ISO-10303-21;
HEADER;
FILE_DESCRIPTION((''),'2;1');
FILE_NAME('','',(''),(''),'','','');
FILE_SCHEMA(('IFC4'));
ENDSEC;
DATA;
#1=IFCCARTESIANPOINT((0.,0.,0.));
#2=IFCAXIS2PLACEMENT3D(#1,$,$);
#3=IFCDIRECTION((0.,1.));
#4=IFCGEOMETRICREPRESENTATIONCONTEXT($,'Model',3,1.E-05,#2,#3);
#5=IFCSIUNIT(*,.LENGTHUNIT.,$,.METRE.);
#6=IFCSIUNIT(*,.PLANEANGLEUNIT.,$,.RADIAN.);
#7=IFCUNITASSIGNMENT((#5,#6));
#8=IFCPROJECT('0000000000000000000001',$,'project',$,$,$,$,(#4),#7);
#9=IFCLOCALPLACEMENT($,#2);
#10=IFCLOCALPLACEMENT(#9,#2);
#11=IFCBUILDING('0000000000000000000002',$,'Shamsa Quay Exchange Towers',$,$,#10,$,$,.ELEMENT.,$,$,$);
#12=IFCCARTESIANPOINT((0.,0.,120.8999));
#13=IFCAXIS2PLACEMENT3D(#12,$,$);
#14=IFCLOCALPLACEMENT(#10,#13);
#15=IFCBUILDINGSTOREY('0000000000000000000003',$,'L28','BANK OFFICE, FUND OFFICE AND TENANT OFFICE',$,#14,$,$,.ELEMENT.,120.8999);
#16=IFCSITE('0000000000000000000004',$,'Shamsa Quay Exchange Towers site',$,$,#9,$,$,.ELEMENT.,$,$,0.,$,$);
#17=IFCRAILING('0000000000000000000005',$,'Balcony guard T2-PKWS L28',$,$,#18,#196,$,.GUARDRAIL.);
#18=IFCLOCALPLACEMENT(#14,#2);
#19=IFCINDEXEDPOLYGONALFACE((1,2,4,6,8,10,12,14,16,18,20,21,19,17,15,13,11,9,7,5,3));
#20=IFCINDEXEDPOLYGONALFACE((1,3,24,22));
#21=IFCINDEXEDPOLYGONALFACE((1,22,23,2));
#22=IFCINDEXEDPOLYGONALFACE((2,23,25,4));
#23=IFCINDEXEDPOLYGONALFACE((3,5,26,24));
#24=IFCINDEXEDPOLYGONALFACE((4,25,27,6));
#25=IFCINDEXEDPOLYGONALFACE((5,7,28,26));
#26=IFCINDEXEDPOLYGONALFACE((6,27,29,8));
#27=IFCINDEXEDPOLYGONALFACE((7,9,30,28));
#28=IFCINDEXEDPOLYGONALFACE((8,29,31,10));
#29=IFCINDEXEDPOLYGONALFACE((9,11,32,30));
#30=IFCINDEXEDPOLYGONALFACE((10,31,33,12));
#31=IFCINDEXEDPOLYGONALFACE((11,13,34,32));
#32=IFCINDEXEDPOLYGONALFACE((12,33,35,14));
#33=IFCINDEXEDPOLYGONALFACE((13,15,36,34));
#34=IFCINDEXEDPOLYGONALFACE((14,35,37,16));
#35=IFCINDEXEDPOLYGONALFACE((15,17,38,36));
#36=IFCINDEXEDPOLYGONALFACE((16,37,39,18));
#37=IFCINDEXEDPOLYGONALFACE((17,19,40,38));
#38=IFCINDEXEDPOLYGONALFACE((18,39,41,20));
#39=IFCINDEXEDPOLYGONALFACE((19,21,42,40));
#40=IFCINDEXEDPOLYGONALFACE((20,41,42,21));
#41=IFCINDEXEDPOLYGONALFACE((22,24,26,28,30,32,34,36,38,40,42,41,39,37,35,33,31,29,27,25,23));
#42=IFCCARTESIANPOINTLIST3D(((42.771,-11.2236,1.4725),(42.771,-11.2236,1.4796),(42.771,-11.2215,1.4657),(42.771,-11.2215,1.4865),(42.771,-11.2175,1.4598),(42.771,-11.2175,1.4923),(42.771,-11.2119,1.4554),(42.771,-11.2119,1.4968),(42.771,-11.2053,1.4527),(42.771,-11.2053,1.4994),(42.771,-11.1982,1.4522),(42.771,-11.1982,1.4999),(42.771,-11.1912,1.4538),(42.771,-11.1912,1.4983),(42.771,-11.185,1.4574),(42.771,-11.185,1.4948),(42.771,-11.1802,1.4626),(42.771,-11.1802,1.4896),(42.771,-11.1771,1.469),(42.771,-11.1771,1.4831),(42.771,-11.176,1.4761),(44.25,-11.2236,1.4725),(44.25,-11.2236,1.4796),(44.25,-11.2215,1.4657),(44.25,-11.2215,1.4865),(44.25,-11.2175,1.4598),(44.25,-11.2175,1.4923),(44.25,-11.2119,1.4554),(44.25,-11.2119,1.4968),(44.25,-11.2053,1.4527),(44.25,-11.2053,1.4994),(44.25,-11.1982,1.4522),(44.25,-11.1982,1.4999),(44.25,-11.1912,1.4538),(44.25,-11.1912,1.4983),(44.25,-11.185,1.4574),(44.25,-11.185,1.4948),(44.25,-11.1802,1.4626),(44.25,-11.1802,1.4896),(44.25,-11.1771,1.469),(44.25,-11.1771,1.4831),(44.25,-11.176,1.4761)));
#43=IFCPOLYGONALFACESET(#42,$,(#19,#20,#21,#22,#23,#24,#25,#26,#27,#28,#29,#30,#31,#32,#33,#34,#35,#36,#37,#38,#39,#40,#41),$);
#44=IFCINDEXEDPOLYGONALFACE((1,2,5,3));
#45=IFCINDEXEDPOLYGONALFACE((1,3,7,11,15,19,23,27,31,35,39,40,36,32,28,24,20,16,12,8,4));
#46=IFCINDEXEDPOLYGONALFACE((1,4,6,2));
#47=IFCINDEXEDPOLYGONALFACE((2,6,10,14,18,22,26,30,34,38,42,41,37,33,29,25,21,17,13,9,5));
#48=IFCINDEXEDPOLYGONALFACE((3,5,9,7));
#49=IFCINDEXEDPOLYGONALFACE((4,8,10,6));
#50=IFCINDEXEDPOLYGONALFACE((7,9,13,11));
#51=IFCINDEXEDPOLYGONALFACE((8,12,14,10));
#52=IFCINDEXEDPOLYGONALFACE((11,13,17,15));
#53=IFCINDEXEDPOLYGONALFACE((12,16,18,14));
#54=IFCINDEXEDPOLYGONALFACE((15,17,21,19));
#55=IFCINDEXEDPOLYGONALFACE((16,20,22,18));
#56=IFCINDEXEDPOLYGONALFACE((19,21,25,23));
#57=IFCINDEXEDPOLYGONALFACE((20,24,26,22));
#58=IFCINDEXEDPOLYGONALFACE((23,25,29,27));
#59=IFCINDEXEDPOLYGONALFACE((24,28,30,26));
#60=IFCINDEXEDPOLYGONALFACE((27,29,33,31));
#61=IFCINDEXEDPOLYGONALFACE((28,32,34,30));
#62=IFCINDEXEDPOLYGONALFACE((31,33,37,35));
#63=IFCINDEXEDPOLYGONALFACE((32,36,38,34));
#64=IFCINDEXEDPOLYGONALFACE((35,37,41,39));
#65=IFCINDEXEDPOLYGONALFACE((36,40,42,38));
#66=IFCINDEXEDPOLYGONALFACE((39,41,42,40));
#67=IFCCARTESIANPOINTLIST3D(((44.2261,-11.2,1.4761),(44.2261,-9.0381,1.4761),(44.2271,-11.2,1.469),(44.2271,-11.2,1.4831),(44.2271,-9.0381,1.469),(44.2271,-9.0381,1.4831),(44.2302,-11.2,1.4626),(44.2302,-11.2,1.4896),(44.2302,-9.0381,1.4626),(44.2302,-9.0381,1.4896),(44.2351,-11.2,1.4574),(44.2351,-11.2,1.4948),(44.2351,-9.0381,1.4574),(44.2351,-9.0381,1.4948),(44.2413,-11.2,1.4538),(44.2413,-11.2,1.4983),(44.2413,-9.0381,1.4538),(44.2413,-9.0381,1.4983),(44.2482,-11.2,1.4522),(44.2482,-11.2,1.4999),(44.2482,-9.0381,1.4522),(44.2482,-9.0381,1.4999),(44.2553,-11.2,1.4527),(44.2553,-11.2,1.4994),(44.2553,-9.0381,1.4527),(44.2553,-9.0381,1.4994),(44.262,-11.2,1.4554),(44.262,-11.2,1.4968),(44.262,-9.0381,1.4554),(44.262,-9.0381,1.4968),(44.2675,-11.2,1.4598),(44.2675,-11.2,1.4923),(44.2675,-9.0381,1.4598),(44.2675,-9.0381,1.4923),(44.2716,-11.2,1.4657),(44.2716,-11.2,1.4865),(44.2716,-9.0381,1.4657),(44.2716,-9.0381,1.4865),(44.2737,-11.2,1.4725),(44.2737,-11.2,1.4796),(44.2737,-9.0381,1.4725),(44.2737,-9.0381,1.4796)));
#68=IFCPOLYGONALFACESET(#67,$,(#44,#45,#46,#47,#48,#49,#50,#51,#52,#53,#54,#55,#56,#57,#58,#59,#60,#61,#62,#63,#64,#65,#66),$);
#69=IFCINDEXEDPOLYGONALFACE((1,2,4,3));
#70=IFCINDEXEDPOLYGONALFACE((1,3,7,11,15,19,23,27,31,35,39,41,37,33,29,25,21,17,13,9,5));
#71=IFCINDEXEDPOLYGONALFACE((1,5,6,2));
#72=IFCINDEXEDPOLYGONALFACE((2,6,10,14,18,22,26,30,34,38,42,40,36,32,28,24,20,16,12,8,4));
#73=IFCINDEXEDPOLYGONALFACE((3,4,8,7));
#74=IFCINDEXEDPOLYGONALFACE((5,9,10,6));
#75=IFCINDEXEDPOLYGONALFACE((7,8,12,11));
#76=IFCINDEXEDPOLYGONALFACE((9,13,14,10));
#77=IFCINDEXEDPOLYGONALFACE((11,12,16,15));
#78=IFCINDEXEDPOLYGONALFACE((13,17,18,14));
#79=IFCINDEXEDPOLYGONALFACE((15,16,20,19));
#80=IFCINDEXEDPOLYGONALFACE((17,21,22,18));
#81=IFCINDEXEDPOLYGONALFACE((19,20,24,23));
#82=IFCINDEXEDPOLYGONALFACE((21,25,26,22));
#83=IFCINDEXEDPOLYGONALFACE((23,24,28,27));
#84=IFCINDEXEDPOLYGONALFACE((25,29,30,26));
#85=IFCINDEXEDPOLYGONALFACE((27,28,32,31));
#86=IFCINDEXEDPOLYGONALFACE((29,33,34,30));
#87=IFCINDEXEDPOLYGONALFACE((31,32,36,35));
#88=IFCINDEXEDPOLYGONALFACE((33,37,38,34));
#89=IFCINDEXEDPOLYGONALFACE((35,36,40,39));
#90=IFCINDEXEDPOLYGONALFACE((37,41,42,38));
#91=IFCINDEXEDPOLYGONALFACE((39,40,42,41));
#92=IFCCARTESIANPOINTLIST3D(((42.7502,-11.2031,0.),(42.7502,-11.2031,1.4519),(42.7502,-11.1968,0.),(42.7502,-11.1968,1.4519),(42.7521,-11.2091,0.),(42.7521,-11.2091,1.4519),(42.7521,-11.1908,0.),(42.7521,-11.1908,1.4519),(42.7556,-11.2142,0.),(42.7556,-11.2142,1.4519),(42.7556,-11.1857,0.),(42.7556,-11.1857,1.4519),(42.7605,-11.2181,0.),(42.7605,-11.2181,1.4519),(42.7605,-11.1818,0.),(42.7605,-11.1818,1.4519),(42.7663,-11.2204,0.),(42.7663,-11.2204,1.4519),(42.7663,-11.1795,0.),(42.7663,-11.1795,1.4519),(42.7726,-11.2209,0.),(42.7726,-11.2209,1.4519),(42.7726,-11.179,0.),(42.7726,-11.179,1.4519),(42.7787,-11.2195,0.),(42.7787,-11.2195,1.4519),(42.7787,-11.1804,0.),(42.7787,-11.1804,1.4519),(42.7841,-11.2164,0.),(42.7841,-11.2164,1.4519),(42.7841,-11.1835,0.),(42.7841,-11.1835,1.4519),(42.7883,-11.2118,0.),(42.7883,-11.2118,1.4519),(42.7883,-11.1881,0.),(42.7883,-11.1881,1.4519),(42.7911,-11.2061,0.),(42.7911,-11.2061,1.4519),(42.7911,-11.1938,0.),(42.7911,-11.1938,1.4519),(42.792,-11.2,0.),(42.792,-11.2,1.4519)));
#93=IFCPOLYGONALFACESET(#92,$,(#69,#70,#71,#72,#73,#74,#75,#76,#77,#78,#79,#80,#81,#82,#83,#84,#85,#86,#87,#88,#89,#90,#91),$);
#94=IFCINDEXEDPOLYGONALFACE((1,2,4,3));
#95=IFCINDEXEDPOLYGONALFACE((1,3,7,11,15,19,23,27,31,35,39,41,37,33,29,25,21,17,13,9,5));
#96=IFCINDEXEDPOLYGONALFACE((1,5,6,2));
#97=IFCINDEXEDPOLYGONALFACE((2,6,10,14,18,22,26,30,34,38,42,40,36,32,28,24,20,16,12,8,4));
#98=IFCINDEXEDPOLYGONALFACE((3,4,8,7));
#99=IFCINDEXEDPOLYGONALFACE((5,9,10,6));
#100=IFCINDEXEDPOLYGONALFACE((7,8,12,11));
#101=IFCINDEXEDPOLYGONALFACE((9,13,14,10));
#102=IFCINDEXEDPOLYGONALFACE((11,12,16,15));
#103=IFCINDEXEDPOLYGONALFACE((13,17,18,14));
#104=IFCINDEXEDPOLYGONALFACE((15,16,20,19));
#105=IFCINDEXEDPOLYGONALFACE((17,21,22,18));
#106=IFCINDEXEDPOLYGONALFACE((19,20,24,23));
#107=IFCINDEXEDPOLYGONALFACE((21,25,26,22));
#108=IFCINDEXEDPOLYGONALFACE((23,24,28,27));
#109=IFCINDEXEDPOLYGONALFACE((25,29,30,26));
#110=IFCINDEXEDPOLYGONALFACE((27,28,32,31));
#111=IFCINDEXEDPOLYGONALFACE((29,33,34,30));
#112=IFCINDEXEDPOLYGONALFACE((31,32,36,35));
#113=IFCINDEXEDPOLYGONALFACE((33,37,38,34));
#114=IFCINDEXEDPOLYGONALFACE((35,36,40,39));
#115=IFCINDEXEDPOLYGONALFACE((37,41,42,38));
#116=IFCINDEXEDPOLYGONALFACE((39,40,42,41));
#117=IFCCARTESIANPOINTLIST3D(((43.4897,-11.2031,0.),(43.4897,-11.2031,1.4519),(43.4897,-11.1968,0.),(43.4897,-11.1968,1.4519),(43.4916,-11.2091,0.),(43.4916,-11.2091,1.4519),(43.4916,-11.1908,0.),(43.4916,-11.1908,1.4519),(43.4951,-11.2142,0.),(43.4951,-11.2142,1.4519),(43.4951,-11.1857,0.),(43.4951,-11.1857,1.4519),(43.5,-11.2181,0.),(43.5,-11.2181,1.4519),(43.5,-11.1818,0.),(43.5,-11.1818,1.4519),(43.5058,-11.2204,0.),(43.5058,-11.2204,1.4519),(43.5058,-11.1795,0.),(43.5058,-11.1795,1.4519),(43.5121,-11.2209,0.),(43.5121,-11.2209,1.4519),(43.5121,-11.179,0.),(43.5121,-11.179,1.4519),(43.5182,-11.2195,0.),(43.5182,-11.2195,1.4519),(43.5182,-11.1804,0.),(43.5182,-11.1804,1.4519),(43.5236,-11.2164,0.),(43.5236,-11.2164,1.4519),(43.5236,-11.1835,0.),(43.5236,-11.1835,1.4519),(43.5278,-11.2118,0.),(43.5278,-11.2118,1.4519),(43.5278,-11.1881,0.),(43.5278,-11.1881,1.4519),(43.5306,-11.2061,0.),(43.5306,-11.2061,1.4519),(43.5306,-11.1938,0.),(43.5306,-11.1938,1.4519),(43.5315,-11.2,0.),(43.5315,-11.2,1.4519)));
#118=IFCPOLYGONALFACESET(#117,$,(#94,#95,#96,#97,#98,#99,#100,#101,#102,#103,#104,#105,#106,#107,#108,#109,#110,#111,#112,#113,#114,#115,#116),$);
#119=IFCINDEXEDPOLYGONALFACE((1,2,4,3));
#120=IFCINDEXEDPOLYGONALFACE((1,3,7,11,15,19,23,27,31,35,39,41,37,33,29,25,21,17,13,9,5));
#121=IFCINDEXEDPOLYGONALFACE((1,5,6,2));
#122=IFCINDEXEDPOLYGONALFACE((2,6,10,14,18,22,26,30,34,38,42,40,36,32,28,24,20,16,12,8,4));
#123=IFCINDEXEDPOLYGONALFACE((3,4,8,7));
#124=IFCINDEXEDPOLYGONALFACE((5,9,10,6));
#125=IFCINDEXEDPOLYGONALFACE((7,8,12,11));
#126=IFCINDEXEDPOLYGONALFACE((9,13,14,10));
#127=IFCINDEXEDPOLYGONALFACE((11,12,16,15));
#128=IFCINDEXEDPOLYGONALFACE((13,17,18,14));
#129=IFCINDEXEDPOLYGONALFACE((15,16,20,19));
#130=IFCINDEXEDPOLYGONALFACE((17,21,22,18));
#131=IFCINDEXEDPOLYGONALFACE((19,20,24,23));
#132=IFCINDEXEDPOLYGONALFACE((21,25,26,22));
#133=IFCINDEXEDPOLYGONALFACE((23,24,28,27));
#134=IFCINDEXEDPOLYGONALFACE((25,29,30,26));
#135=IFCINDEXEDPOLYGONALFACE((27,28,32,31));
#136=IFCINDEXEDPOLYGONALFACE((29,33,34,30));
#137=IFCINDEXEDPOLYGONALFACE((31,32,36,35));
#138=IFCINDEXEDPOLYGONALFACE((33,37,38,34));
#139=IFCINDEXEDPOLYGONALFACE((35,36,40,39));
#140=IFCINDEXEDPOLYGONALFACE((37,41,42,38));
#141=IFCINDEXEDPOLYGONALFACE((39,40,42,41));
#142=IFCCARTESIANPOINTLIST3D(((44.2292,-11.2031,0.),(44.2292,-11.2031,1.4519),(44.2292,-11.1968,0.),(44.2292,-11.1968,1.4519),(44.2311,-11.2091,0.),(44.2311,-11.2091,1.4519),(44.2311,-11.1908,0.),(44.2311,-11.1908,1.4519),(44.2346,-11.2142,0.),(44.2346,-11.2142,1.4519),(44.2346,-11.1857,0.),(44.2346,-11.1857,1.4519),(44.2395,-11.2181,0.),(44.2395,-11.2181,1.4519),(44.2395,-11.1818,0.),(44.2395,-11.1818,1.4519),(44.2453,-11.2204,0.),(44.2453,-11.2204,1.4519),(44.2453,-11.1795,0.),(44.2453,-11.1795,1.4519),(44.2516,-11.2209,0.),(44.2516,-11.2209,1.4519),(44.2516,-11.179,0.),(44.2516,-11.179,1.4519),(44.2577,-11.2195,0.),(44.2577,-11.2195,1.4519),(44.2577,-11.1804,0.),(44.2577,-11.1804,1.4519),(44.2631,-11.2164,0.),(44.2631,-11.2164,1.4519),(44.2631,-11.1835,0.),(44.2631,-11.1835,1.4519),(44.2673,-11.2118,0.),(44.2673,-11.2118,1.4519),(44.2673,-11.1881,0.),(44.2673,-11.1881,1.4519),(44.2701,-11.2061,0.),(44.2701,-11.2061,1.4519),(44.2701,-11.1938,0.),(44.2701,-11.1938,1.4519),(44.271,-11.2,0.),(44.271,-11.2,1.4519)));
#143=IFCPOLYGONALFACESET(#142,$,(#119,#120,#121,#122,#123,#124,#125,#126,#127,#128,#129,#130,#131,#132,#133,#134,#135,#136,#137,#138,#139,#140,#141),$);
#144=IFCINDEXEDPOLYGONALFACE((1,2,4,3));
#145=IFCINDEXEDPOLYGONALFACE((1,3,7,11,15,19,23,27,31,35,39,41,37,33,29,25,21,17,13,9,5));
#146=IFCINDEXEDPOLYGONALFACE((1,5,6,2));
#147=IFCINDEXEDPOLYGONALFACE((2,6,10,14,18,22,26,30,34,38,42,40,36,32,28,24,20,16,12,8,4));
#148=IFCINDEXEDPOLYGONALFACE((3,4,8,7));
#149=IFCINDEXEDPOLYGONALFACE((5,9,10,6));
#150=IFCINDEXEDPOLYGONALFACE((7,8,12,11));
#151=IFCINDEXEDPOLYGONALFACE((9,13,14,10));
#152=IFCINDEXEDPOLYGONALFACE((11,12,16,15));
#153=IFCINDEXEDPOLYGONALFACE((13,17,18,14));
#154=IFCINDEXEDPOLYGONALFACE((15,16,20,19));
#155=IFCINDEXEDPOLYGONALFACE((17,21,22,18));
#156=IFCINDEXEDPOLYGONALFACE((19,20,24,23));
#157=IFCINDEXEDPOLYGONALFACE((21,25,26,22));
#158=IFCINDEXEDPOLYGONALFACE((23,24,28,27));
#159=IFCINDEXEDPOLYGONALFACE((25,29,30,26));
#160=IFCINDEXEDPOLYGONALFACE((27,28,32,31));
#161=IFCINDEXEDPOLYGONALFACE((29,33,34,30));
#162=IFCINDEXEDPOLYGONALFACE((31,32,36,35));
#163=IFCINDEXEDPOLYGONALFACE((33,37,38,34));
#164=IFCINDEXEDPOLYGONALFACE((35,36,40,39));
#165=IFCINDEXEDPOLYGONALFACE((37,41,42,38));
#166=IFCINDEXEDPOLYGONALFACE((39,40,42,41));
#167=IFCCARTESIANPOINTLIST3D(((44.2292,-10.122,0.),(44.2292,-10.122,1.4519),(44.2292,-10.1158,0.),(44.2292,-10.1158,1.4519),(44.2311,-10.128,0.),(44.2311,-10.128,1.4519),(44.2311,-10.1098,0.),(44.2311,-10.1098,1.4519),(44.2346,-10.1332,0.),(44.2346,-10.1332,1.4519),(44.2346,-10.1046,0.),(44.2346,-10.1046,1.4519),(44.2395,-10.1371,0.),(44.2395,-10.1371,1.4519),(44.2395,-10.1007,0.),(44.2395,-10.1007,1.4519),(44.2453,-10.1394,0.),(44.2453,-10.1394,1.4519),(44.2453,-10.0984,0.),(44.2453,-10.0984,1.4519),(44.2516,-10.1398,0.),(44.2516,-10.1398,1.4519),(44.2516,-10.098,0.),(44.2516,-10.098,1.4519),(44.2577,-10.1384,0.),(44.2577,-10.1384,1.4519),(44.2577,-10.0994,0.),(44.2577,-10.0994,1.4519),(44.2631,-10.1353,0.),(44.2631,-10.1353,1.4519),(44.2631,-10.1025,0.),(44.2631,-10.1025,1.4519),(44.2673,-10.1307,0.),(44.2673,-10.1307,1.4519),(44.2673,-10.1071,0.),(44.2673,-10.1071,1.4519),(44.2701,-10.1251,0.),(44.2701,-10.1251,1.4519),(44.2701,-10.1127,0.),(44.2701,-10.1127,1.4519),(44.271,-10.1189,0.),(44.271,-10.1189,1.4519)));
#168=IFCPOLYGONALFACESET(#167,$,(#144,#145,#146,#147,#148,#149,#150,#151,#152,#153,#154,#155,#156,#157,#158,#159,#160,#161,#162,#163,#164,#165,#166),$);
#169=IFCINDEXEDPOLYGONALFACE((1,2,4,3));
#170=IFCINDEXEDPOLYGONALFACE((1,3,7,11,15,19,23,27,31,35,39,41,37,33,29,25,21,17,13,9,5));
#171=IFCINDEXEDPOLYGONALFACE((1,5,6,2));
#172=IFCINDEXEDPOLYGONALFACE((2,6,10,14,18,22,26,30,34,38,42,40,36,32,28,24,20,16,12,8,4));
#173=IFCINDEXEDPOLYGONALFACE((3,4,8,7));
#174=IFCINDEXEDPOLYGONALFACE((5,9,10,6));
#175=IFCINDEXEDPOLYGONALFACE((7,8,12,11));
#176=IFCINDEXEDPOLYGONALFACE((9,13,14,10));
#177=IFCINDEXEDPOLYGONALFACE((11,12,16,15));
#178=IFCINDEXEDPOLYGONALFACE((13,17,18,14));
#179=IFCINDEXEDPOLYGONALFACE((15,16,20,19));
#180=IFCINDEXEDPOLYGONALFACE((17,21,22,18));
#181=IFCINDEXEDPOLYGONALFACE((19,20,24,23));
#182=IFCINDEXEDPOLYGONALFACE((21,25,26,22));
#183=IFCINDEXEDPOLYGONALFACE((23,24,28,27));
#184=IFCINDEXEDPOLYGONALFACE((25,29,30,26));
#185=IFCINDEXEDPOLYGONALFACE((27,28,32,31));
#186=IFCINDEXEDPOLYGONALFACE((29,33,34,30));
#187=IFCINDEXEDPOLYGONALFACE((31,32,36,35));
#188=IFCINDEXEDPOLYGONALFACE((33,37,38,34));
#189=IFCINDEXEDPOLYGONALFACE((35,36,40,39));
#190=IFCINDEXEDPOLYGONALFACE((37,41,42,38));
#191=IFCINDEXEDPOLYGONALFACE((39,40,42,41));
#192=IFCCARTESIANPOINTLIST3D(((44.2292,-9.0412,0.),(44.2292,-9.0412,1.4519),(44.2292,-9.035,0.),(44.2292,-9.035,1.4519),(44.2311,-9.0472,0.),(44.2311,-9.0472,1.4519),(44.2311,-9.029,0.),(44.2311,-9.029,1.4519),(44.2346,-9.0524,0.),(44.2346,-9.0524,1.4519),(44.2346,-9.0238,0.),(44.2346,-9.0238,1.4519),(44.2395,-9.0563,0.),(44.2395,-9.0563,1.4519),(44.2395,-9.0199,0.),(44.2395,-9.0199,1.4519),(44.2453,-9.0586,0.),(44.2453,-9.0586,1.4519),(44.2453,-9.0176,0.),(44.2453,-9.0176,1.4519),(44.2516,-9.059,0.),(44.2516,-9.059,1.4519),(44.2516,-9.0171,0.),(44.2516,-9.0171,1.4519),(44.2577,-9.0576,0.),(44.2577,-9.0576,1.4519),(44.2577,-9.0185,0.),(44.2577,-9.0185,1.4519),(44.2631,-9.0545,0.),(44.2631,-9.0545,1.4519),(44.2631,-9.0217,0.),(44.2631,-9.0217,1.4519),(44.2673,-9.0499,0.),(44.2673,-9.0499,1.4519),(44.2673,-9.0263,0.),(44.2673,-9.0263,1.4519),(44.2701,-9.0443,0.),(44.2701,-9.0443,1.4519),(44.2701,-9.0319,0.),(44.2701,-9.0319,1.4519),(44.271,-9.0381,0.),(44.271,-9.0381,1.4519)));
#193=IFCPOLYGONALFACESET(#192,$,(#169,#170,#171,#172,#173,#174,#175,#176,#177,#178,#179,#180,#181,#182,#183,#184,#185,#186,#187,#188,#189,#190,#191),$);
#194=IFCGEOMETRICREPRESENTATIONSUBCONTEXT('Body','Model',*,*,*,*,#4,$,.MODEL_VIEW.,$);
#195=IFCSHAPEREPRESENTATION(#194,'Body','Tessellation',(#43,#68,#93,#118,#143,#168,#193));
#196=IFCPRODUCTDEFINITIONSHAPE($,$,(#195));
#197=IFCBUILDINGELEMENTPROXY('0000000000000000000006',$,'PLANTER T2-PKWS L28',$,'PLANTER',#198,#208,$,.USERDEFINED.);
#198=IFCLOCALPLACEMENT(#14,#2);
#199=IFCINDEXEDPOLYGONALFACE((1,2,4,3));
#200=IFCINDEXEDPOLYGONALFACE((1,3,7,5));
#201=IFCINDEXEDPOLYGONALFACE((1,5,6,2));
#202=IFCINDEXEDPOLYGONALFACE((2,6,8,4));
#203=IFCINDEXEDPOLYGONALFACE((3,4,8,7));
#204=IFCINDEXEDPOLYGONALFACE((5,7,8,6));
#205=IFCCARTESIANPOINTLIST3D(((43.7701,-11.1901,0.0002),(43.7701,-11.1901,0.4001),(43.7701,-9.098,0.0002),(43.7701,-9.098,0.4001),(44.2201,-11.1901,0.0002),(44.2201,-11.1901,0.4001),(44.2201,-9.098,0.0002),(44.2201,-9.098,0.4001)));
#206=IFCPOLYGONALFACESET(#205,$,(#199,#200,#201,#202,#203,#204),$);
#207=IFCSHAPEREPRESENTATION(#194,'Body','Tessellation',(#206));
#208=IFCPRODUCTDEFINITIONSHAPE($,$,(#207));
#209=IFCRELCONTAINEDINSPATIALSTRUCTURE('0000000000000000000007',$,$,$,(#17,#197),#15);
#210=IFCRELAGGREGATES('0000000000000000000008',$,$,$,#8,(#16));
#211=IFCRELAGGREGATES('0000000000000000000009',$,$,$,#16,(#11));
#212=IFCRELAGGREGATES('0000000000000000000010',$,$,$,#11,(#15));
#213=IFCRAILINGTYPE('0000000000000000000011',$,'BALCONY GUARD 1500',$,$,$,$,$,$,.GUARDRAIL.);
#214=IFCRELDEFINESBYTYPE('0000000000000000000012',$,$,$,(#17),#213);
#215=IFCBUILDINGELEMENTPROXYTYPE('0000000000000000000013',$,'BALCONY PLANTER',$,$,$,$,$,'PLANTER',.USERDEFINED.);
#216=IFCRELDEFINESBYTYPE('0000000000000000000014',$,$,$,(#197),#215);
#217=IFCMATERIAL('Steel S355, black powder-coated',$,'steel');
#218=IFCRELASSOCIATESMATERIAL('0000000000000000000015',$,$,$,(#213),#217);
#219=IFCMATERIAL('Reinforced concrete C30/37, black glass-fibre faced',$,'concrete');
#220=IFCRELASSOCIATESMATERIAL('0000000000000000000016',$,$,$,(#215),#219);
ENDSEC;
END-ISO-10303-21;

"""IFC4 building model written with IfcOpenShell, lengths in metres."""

from ifc_helpers import new_model, si_unit, direction, frame, origin, origin_2d, place, context, subcontext, project, spatial, rectangle, circle, extrude, material, type_object, element, save


model = new_model("IFC4")

# Units and contexts
model_context = context("Model", 3, precision=1e-05, world=origin(), true_north=direction((0.0, 1.0)))
body_context = subcontext(model_context, "Body", "Model", "MODEL_VIEW")
ifc_project = project(units=[si_unit("LENGTHUNIT", "METRE"), si_unit("PLANEANGLEUNIT", "RADIAN")], contexts=[model_context])

# Site, building, storey
site_placement = place(None, origin())
site = spatial("IfcSite", under=ifc_project, at=site_placement, Name="Shamsa Quay Exchange Towers site", CompositionType="ELEMENT", RefElevation=0.0)
building_placement = place(site_placement, origin())
building = spatial("IfcBuilding", under=site, at=building_placement, Name="Shamsa Quay Exchange Towers", CompositionType="ELEMENT")
storey_placement = place(building_placement, frame((0.0, 0.0, 120.8999)))
storey = spatial("IfcBuildingStorey", under=building, at=storey_placement, Name="L28", Description="BANK OFFICE, FUND OFFICE AND TENANT OFFICE", CompositionType="ELEMENT", Elevation=120.8999)

# Railing
ifc_material_1 = material(Name="Steel S355, black powder-coated", Category="steel")
railing_type = type_object("IfcRailingType", Name="BALCONY GUARD 1500", PredefinedType="GUARDRAIL", material=ifc_material_1)
railing_placement = place(storey_placement, frame((42.771, -11.2, 0.0)))
element("IfcRailing", 1, at=railing_placement, inside=storey, type_object=railing_type, Name="Balcony guard T2-PKWS L28", PredefinedType="GUARDRAIL", context=body_context, shape_type="SweptSolid", body=[
    extrude(circle(Radius=0.0239, at=origin_2d()), frame((0.0, 0.0, 1.4761), z_axis=(1.0, 0.0, 0.0), x_axis=(0.0, 1.0, 0.0)), (0.0, 0.0, 1.0), 1.479),
    extrude(circle(Radius=0.0239, at=origin_2d()), frame((1.479, 0.0, 1.4761), z_axis=(0.0, 1.0, 0.0), x_axis=(-1.0, 0.0, 0.0)), (0.0, 0.0, 1.0), 2.1619),
    extrude(circle(Radius=0.021, at=origin_2d()), origin(), (0.0, 0.0, 1.0), 1.4519),
    extrude(circle(Radius=0.021, at=origin_2d()), frame((0.7395, 0.0, 0.0)), (0.0, 0.0, 1.0), 1.4519),
    extrude(circle(Radius=0.021, at=origin_2d()), frame((1.479, 0.0, 0.0)), (0.0, 0.0, 1.0), 1.4519),
    extrude(circle(Radius=0.021, at=origin_2d()), frame((1.479, 1.0811, 0.0)), (0.0, 0.0, 1.0), 1.4519),
    extrude(circle(Radius=0.021, at=origin_2d()), frame((1.479, 2.1619, 0.0)), (0.0, 0.0, 1.0), 1.4519),
])

# Building element proxy
ifc_material_2 = material(Name="Reinforced concrete C30/37, black glass-fibre faced", Category="concrete")
building_element_proxy_type = type_object("IfcBuildingElementProxyType", Name="BALCONY PLANTER", ElementType="PLANTER", PredefinedType="USERDEFINED", material=ifc_material_2)
proxy_placement = place(storey_placement, frame((43.9951, -10.144, 0.0002), z_axis=(0.0, 0.0, 1.0), x_axis=(0.0, 1.0, 0.0)))
element("IfcBuildingElementProxy", 2, at=proxy_placement, inside=storey, type_object=building_element_proxy_type, Name="PLANTER T2-PKWS L28", ObjectType="PLANTER", PredefinedType="USERDEFINED", context=body_context, shape_type="SweptSolid", body=[
    extrude(rectangle(XDim=2.092, YDim=0.45, at=origin_2d()), origin(), (0.0, 0.0, 1.0), 0.3999),
])

save(model, "model.ifc")
